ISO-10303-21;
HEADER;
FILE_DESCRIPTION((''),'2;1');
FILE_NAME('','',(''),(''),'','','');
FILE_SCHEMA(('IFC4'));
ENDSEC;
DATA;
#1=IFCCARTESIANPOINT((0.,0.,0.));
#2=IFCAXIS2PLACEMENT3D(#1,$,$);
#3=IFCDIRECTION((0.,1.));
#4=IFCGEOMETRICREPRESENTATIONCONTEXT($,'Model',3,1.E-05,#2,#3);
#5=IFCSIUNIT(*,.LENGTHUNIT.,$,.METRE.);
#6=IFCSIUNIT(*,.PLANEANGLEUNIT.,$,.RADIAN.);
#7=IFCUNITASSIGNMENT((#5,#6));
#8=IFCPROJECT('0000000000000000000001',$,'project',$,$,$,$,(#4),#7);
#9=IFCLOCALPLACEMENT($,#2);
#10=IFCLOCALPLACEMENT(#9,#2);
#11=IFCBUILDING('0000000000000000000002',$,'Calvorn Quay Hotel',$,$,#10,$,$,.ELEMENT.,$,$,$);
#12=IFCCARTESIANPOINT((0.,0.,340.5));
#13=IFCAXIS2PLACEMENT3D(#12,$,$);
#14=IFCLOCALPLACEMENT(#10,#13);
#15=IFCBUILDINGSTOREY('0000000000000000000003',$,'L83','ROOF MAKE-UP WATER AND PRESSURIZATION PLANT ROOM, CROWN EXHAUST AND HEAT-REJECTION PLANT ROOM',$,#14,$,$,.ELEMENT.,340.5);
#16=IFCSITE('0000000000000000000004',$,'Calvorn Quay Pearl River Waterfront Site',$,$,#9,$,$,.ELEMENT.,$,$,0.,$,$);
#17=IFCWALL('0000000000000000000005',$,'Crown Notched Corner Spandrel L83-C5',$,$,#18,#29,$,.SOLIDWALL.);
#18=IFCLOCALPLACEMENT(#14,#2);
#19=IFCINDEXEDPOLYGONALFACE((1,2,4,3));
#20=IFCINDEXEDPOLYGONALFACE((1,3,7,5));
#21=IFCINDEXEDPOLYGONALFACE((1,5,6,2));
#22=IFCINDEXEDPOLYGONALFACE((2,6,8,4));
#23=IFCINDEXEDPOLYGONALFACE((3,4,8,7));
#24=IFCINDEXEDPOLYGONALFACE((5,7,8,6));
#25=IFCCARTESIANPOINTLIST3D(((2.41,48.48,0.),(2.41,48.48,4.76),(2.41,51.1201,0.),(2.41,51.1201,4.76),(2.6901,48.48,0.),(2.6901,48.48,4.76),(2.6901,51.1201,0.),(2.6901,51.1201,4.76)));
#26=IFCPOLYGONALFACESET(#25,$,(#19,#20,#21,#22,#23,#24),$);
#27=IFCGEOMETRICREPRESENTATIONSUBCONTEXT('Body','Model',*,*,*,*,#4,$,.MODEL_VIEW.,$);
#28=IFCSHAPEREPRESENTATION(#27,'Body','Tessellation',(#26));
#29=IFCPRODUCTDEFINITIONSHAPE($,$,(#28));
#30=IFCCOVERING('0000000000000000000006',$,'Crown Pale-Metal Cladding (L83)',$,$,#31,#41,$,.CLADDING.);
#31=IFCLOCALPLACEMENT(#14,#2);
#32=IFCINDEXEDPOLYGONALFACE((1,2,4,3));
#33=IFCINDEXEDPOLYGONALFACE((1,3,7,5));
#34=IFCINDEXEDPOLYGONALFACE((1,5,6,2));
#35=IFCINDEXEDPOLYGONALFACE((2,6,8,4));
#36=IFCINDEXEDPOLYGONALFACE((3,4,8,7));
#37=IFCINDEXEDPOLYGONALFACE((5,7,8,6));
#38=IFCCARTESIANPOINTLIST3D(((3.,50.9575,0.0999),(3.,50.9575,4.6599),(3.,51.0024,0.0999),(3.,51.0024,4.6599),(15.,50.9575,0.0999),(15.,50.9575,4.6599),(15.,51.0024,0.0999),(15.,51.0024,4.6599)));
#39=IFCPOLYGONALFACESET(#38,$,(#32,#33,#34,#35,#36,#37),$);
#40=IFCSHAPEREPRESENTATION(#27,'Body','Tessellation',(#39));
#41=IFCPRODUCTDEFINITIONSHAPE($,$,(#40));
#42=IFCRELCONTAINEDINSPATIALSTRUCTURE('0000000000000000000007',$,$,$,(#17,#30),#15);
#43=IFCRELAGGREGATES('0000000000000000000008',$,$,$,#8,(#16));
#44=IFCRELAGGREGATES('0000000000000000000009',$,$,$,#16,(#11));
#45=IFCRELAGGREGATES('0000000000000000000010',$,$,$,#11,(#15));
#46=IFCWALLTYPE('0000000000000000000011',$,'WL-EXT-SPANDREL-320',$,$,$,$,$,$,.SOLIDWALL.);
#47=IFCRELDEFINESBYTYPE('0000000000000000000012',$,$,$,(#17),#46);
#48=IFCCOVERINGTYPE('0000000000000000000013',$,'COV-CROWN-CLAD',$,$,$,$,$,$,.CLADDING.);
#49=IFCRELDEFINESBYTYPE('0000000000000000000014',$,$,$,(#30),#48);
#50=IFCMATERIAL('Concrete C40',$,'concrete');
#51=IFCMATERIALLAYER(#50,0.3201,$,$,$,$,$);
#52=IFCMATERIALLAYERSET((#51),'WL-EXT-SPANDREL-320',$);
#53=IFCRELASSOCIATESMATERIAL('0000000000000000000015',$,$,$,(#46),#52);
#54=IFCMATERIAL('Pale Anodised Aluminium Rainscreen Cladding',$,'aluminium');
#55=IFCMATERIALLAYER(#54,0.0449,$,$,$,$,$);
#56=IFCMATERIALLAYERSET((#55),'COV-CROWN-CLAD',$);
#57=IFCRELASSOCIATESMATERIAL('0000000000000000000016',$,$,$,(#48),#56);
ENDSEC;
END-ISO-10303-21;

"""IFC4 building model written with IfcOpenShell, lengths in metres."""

from ifc_helpers import new_model, si_unit, direction, frame, frame_2d, origin, origin_2d, place, context, subcontext, project, spatial, rectangle, extrude, material, layer, layer_set, type_object, element, save


model = new_model("IFC4")

# Units and contexts
model_context = context("Model", 3, precision=1e-05, world=origin(), true_north=direction((0.0, 1.0)))
body_context = subcontext(model_context, "Body", "Model", "MODEL_VIEW")
ifc_project = project(units=[si_unit("LENGTHUNIT", "METRE"), si_unit("PLANEANGLEUNIT", "RADIAN")], contexts=[model_context])

# Site, building, storey
site_placement = place(None, origin())
site = spatial("IfcSite", under=ifc_project, at=site_placement, Name="Calvorn Quay Pearl River Waterfront Site", CompositionType="ELEMENT", RefElevation=0.0)
building_placement = place(site_placement, origin())
building = spatial("IfcBuilding", under=site, at=building_placement, Name="Calvorn Quay Hotel", CompositionType="ELEMENT")
storey_placement = place(building_placement, frame((0.0, 0.0, 340.5)))
storey = spatial("IfcBuildingStorey", under=building, at=storey_placement, Name="L83", Description="ROOF MAKE-UP WATER AND PRESSURIZATION PLANT ROOM, CROWN EXHAUST AND HEAT-REJECTION PLANT ROOM", CompositionType="ELEMENT", Elevation=340.5)

# Shared definitions
ifc_material_1 = material(Name="Concrete C40", Category="concrete")
ifc_layer_1 = layer(ifc_material_1, 0.3201)
ifc_layer_set_1 = layer_set([ifc_layer_1], Name="WL-EXT-SPANDREL-320")
wall_type_1 = type_object("IfcWallType", Name="WL-EXT-SPANDREL-320", PredefinedType="SOLIDWALL", material=ifc_layer_set_1)

# Wall
wall_1_placement = place(storey_placement, frame((2.55, 51.1201, 0.0), z_axis=(0.0, 0.0, 1.0), x_axis=(0.0, -1.0, 0.0)))
element("IfcWall", 1, at=wall_1_placement, inside=storey, type_object=wall_type_1, Name="Crown Notched Corner Spandrel L83-C5", PredefinedType="SOLIDWALL", context=body_context, shape_type="SweptSolid", body=[
    extrude(rectangle(XDim=2.6401, YDim=0.28, at=frame_2d((1.3201, 0.0))), origin(), (0.0, 0.0, 1.0), 4.76),
])

# Covering
ifc_material_2 = material(Name="Pale Anodised Aluminium Rainscreen Cladding", Category="aluminium")
ifc_layer_2 = layer(ifc_material_2, 0.0449)
ifc_layer_set_2 = layer_set([ifc_layer_2], Name="COV-CROWN-CLAD")
covering_type = type_object("IfcCoveringType", Name="COV-CROWN-CLAD", PredefinedType="CLADDING", material=ifc_layer_set_2)
covering_placement = place(storey_placement, frame((9.0, 50.98, 0.0999), z_axis=(0.0, 0.0, 1.0), x_axis=(1.0, 0.0, 0.0)))
element("IfcCovering", 2, at=covering_placement, inside=storey, type_object=covering_type, Name="Crown Pale-Metal Cladding (L83)", PredefinedType="CLADDING", context=body_context, shape_type="SweptSolid", body=[
    extrude(rectangle(XDim=12.0, YDim=0.0449, at=origin_2d()), origin(), (0.0, 0.0, 1.0), 4.5601),
])

save(model, "model.ifc")
